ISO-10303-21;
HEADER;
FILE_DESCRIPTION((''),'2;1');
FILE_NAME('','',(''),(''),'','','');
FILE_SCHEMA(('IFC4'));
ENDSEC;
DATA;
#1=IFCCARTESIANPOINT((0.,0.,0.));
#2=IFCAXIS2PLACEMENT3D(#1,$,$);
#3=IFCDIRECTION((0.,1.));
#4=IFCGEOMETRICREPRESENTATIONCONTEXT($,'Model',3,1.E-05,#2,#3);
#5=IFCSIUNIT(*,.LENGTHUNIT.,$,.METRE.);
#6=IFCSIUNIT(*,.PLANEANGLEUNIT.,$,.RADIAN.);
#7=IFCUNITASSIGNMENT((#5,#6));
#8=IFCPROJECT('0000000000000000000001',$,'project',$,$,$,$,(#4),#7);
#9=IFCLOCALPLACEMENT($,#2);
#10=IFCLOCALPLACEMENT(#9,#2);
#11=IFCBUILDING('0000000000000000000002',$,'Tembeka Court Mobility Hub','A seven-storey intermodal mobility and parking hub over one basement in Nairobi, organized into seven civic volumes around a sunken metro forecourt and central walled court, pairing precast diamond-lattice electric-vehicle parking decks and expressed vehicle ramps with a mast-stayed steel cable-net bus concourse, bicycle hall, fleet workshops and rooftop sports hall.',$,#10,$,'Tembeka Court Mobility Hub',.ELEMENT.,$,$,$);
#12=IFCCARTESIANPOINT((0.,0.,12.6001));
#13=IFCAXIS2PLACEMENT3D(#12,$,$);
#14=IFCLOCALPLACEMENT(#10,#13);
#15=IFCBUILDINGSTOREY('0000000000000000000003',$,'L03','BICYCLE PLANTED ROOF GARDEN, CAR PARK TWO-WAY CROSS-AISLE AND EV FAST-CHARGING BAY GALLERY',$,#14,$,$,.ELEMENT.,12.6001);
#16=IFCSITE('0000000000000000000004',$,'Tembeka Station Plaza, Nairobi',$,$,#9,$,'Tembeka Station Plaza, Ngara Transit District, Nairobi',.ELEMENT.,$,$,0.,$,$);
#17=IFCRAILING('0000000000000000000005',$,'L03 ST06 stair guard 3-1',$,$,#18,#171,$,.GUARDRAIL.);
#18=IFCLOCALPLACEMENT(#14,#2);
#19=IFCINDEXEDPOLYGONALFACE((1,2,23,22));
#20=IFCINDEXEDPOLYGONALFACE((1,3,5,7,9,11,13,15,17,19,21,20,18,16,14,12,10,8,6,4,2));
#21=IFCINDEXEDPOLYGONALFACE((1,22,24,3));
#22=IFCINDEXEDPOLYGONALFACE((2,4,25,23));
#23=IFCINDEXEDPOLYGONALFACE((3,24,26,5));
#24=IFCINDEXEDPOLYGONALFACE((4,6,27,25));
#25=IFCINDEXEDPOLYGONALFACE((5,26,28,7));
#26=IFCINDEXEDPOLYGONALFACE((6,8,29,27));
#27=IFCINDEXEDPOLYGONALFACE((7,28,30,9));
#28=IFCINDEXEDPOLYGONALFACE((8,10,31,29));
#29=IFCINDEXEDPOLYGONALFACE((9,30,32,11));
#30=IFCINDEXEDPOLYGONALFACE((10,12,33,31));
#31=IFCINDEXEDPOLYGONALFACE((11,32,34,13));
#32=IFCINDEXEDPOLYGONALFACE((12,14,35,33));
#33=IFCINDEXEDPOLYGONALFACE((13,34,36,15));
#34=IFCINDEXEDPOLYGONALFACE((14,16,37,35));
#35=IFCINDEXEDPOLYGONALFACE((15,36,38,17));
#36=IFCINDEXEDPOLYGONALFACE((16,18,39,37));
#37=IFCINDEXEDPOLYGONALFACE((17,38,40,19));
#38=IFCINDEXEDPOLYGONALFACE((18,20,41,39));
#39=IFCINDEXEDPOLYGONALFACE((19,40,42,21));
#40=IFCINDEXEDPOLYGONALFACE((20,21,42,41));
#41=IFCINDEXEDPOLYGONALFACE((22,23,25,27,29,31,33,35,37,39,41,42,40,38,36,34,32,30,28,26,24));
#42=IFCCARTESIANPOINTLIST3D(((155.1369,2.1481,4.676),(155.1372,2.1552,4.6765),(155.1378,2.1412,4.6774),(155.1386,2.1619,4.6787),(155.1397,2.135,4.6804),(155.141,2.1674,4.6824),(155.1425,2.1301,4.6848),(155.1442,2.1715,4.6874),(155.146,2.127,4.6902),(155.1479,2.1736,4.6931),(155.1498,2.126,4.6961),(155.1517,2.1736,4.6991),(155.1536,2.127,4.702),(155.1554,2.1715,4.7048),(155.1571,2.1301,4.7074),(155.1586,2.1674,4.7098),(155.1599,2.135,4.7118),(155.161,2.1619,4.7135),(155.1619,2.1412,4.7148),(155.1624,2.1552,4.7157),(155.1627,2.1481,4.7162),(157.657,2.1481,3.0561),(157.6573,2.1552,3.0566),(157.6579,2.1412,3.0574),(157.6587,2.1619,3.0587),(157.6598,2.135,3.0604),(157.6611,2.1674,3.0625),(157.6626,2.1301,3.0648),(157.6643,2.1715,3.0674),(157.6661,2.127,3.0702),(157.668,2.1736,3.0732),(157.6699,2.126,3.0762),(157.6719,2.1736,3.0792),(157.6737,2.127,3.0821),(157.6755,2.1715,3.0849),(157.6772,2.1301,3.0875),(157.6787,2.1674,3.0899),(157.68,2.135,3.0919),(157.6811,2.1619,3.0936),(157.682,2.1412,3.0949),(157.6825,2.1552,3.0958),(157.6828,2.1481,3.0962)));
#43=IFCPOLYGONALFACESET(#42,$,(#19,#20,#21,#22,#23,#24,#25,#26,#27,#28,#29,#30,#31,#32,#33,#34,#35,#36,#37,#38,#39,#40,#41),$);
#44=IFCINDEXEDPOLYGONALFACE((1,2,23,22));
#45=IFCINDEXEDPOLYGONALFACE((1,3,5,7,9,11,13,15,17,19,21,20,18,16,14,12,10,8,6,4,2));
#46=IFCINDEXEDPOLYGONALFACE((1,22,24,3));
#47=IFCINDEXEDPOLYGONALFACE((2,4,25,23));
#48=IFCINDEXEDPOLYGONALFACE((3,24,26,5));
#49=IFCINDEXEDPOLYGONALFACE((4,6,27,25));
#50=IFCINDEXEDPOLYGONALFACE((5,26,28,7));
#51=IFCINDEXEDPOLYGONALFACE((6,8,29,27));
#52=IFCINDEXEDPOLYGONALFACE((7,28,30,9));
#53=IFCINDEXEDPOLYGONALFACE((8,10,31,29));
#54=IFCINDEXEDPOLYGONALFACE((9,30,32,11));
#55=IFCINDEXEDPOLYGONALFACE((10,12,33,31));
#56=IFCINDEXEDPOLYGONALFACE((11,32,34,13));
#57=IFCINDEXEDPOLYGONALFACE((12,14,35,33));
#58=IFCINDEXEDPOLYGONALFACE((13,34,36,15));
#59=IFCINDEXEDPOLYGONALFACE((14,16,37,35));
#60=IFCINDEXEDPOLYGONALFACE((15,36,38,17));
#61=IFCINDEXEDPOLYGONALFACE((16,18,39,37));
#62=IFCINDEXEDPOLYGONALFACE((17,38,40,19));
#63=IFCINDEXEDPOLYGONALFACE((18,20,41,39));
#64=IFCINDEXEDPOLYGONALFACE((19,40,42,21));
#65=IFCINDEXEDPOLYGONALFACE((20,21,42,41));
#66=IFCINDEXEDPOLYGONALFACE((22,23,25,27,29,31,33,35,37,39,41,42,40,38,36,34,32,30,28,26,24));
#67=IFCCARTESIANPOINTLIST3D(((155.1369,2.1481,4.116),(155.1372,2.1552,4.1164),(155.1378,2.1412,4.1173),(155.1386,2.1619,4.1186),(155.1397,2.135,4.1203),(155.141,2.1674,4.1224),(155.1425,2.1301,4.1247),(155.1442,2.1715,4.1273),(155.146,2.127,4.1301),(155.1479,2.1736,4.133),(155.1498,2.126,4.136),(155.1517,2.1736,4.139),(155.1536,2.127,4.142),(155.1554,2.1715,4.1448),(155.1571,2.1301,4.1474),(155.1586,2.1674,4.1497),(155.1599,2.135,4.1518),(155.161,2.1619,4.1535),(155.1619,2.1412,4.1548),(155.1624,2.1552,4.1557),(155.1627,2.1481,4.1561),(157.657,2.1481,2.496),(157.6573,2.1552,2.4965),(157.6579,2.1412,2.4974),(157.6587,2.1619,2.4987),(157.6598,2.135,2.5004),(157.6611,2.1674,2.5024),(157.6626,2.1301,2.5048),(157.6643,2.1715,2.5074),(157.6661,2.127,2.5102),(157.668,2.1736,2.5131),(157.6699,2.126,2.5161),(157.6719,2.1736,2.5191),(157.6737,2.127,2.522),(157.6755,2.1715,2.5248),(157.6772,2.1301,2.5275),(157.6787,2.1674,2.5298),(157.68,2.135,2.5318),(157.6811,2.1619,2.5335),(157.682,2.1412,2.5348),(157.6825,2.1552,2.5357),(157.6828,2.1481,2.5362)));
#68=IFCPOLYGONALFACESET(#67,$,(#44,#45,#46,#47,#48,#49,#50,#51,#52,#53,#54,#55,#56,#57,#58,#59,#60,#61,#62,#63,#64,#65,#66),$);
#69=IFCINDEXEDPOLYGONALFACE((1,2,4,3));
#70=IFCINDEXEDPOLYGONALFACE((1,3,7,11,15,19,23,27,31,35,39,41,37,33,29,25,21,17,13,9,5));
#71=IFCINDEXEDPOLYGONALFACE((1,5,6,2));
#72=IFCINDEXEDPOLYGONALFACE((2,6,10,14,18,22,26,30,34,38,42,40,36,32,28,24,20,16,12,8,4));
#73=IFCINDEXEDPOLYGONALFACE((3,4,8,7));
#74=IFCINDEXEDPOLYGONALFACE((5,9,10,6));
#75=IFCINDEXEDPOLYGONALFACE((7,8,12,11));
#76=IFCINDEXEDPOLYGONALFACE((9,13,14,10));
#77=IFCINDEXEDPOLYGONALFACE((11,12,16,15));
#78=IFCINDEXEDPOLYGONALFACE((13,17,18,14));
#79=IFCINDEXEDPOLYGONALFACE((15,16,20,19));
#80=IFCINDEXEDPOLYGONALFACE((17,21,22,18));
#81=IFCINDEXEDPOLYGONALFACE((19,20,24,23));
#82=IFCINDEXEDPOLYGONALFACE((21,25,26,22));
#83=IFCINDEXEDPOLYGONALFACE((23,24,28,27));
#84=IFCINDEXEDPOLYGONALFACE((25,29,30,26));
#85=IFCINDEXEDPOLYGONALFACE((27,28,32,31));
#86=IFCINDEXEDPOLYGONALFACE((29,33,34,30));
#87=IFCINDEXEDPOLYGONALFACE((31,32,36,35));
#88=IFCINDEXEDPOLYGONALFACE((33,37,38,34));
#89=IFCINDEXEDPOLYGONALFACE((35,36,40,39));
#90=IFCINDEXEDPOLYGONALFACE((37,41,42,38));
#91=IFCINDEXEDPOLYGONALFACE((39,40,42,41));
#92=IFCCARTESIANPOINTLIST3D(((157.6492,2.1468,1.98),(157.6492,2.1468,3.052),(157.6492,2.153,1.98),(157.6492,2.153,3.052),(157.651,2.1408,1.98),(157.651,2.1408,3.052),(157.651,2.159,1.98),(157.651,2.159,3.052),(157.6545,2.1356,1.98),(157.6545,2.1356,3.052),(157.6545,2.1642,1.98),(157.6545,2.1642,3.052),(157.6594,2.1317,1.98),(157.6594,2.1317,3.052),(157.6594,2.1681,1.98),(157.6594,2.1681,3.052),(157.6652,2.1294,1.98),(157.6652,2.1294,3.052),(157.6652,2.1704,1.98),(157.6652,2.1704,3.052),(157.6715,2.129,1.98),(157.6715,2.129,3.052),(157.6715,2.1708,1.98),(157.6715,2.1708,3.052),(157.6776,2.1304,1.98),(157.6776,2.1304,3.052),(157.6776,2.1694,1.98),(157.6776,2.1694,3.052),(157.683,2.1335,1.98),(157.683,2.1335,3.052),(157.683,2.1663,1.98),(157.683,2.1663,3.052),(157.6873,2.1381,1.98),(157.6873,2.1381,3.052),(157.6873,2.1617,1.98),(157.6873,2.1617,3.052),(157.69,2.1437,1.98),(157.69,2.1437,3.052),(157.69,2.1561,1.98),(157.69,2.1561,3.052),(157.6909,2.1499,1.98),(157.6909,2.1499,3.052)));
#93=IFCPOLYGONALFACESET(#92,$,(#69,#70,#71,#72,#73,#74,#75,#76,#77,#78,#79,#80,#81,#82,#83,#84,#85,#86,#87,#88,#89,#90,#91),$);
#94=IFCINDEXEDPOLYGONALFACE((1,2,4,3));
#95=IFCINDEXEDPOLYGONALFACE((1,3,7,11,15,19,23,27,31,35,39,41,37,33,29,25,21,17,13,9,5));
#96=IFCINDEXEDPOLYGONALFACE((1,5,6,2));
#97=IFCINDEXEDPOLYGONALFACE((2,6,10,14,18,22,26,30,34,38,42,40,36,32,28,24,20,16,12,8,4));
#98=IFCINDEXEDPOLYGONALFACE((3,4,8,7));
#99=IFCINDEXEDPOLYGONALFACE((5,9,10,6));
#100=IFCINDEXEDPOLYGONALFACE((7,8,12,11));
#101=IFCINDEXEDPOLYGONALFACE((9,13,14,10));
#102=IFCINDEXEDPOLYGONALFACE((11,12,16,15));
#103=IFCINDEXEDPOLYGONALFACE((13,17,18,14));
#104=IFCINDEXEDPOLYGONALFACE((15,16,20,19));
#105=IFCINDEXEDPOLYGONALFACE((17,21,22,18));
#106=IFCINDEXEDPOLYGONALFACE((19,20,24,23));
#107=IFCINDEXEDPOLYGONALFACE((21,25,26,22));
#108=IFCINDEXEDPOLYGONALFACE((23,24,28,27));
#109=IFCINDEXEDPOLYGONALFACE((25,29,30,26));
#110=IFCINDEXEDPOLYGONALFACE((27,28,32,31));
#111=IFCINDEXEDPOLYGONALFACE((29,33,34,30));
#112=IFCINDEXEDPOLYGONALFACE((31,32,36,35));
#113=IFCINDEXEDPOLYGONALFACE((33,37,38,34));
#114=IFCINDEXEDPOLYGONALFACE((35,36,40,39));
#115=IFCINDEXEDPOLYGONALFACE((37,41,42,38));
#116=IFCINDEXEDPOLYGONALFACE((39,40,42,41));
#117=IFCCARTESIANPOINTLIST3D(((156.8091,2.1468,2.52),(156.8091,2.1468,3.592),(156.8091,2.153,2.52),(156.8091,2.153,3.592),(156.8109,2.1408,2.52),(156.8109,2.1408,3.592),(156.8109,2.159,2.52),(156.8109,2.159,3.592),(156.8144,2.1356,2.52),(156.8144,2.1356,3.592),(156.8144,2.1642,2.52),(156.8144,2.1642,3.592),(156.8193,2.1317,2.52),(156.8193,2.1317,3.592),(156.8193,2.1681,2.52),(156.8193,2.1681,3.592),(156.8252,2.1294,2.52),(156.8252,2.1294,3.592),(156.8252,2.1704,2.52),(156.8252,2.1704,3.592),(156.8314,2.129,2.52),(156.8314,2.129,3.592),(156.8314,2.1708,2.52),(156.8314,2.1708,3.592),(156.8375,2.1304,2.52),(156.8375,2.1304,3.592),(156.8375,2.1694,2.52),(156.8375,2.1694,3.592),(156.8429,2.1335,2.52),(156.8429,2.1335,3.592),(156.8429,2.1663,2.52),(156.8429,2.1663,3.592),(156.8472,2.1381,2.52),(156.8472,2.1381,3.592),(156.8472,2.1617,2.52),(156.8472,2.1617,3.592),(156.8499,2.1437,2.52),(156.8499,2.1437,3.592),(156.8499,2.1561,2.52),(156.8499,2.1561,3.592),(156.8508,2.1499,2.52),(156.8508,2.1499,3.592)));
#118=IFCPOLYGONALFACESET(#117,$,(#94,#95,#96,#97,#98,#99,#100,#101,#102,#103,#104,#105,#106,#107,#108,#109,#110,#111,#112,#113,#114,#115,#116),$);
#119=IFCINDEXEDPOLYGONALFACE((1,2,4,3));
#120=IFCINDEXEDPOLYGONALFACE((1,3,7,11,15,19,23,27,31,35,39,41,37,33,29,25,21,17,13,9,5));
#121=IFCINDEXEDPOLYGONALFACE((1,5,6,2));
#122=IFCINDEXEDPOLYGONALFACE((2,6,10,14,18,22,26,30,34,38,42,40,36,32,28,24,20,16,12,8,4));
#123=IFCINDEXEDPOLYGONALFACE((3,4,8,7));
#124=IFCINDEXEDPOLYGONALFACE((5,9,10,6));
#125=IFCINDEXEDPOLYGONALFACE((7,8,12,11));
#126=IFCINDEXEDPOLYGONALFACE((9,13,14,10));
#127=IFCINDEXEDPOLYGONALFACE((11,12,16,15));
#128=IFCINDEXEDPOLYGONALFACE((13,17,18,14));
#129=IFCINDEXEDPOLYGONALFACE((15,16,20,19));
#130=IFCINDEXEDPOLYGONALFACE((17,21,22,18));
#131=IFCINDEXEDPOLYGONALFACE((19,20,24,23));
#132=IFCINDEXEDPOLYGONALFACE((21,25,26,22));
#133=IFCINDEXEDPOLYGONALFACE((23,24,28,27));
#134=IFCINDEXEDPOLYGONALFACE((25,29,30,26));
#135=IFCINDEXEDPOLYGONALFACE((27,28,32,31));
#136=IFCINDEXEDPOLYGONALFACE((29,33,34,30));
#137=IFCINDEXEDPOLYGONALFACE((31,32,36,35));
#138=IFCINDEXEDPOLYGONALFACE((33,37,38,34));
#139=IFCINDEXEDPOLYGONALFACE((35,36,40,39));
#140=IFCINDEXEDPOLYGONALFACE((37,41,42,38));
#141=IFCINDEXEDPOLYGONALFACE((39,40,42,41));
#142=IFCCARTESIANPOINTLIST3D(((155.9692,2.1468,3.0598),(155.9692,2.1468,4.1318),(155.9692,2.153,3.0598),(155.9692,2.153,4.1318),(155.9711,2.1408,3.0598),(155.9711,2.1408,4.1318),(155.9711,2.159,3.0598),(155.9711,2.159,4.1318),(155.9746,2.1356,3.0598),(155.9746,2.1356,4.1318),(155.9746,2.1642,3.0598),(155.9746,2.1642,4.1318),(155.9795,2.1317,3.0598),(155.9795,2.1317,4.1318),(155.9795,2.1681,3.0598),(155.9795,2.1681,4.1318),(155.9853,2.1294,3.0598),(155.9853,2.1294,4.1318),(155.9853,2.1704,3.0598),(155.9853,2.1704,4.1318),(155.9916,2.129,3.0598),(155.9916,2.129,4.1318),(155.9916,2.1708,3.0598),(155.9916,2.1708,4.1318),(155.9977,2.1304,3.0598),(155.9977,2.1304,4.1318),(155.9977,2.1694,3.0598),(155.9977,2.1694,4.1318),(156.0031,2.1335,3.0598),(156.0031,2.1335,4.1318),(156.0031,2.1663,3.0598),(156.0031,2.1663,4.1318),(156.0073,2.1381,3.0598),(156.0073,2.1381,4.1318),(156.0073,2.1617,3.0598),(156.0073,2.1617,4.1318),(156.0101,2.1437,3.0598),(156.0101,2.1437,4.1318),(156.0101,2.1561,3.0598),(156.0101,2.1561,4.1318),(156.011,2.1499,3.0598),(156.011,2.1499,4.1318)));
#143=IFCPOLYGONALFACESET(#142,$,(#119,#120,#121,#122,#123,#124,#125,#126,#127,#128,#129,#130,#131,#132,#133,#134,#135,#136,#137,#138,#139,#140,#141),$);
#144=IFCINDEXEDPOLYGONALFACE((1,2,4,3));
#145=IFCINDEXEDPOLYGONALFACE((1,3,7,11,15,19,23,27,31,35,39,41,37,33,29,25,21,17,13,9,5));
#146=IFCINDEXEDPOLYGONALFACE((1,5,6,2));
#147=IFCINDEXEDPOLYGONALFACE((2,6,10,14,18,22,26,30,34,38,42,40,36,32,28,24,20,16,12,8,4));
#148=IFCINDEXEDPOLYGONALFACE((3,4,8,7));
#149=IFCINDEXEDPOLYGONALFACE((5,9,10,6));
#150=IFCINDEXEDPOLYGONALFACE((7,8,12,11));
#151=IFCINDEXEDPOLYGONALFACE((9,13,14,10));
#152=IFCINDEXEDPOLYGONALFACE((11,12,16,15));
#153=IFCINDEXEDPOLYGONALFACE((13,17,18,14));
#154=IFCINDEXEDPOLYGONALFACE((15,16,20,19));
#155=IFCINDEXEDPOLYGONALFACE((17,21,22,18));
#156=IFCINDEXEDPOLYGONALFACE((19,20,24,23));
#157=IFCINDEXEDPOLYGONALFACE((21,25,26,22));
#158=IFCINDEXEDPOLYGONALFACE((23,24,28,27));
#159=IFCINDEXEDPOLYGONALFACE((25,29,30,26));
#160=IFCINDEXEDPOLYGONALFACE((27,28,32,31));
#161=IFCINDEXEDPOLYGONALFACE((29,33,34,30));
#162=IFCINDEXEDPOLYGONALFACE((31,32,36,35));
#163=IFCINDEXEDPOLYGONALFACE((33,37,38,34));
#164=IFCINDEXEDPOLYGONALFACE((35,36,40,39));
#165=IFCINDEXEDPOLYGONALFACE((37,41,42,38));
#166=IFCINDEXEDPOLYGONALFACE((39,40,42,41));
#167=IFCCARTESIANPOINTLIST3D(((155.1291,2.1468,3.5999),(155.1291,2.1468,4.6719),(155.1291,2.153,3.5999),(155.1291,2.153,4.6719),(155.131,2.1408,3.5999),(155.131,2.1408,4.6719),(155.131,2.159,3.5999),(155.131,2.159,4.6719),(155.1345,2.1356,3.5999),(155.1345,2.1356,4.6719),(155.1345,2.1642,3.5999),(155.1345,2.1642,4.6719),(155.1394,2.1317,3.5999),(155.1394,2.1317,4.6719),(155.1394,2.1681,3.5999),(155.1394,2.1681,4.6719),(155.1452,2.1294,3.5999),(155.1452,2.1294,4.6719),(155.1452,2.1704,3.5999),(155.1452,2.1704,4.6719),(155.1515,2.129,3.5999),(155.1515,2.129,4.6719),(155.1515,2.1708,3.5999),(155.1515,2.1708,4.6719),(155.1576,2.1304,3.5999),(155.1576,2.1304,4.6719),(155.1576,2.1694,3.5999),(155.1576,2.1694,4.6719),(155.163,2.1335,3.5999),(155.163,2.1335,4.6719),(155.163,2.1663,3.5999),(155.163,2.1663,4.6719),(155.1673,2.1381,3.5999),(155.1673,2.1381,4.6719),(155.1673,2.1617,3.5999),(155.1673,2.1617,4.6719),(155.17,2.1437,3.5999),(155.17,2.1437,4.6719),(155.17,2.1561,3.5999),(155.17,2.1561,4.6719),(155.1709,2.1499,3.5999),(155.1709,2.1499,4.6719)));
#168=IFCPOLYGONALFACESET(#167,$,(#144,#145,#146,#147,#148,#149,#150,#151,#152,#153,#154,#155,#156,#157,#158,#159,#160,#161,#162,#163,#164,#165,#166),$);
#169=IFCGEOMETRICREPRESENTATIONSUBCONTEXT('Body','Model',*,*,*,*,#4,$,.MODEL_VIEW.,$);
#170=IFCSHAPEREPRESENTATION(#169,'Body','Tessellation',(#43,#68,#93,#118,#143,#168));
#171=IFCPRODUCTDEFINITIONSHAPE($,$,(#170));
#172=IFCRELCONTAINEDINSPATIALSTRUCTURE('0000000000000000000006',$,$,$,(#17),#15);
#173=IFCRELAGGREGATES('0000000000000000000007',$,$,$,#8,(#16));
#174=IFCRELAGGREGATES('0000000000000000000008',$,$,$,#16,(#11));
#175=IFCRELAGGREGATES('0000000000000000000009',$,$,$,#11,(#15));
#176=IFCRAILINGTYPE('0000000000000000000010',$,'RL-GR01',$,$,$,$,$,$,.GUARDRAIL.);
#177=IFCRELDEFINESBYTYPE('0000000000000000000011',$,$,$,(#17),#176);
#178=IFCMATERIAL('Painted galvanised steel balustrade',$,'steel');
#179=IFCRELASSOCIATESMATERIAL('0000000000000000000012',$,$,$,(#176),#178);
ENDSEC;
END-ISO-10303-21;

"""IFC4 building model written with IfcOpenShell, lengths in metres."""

from ifc_helpers import new_model, si_unit, direction, frame, origin, origin_2d, place, context, subcontext, project, spatial, circle, extrude, material, type_object, element, save


model = new_model("IFC4")

# Units and contexts
model_context = context("Model", 3, precision=1e-05, world=origin(), true_north=direction((0.0, 1.0)))
body_context = subcontext(model_context, "Body", "Model", "MODEL_VIEW")
ifc_project = project(units=[si_unit("LENGTHUNIT", "METRE"), si_unit("PLANEANGLEUNIT", "RADIAN")], contexts=[model_context])

# Site, building, storey
site_placement = place(None, origin())
site = spatial("IfcSite", under=ifc_project, at=site_placement, Name="Tembeka Station Plaza, Nairobi", LongName="Tembeka Station Plaza, Ngara Transit District, Nairobi", CompositionType="ELEMENT", RefElevation=0.0)
building_placement = place(site_placement, origin())
building = spatial("IfcBuilding", under=site, at=building_placement, Name="Tembeka Court Mobility Hub", Description="A seven-storey intermodal mobility and parking hub over one basement in Nairobi, organized into seven civic volumes around a sunken metro forecourt and central walled court, pairing precast diamond-lattice electric-vehicle parking decks and expressed vehicle ramps with a mast-stayed steel cable-net bus concourse, bicycle hall, fleet workshops and rooftop sports hall.", LongName="Tembeka Court Mobility Hub", CompositionType="ELEMENT")
storey_placement = place(building_placement, frame((0.0, 0.0, 12.6001)))
storey = spatial("IfcBuildingStorey", under=building, at=storey_placement, Name="L03", Description="BICYCLE PLANTED ROOF GARDEN, CAR PARK TWO-WAY CROSS-AISLE AND EV FAST-CHARGING BAY GALLERY", CompositionType="ELEMENT", Elevation=12.6001)

# Railing
ifc_material_1 = material(Name="Painted galvanised steel balustrade", Category="steel")
railing_type_1 = type_object("IfcRailingType", Name="RL-GR01", PredefinedType="GUARDRAIL", material=ifc_material_1)
railing_1_placement = place(storey_placement, frame((157.6699, 2.1499, 1.98)))
element("IfcRailing", 1, at=railing_1_placement, inside=storey, type_object=railing_type_1, Name="L03 ST06 stair guard 3-1", PredefinedType="GUARDRAIL", context=body_context, shape_type="SweptSolid", body=[
    extrude(circle(Radius=0.0239, at=origin_2d()), frame((0.0, 0.0, 1.0962), z_axis=(-0.8412, 0.0, 0.540725), x_axis=(0.0, -1.0, 0.0)), (0.0, 0.0, 1.0), 2.9958),
    extrude(circle(Radius=0.0239, at=origin_2d()), frame((0.0, 0.0, 0.5361), z_axis=(-0.8412, 0.0, 0.540725), x_axis=(0.0, -1.0, 0.0)), (0.0, 0.0, 1.0), 2.9958),
    extrude(circle(Radius=0.021, at=origin_2d()), origin(), (0.0, 0.0, 1.0), 1.072),
    extrude(circle(Radius=0.021, at=origin_2d()), frame((-0.8401, 0.0, 0.54)), (0.0, 0.0, 1.0), 1.072),
    extrude(circle(Radius=0.021, at=origin_2d()), frame((-1.6799, 0.0, 1.0798)), (0.0, 0.0, 1.0), 1.072),
    extrude(circle(Radius=0.021, at=origin_2d()), frame((-2.52, 0.0, 1.6199)), (0.0, 0.0, 1.0), 1.072),
])

save(model, "model.ifc")
